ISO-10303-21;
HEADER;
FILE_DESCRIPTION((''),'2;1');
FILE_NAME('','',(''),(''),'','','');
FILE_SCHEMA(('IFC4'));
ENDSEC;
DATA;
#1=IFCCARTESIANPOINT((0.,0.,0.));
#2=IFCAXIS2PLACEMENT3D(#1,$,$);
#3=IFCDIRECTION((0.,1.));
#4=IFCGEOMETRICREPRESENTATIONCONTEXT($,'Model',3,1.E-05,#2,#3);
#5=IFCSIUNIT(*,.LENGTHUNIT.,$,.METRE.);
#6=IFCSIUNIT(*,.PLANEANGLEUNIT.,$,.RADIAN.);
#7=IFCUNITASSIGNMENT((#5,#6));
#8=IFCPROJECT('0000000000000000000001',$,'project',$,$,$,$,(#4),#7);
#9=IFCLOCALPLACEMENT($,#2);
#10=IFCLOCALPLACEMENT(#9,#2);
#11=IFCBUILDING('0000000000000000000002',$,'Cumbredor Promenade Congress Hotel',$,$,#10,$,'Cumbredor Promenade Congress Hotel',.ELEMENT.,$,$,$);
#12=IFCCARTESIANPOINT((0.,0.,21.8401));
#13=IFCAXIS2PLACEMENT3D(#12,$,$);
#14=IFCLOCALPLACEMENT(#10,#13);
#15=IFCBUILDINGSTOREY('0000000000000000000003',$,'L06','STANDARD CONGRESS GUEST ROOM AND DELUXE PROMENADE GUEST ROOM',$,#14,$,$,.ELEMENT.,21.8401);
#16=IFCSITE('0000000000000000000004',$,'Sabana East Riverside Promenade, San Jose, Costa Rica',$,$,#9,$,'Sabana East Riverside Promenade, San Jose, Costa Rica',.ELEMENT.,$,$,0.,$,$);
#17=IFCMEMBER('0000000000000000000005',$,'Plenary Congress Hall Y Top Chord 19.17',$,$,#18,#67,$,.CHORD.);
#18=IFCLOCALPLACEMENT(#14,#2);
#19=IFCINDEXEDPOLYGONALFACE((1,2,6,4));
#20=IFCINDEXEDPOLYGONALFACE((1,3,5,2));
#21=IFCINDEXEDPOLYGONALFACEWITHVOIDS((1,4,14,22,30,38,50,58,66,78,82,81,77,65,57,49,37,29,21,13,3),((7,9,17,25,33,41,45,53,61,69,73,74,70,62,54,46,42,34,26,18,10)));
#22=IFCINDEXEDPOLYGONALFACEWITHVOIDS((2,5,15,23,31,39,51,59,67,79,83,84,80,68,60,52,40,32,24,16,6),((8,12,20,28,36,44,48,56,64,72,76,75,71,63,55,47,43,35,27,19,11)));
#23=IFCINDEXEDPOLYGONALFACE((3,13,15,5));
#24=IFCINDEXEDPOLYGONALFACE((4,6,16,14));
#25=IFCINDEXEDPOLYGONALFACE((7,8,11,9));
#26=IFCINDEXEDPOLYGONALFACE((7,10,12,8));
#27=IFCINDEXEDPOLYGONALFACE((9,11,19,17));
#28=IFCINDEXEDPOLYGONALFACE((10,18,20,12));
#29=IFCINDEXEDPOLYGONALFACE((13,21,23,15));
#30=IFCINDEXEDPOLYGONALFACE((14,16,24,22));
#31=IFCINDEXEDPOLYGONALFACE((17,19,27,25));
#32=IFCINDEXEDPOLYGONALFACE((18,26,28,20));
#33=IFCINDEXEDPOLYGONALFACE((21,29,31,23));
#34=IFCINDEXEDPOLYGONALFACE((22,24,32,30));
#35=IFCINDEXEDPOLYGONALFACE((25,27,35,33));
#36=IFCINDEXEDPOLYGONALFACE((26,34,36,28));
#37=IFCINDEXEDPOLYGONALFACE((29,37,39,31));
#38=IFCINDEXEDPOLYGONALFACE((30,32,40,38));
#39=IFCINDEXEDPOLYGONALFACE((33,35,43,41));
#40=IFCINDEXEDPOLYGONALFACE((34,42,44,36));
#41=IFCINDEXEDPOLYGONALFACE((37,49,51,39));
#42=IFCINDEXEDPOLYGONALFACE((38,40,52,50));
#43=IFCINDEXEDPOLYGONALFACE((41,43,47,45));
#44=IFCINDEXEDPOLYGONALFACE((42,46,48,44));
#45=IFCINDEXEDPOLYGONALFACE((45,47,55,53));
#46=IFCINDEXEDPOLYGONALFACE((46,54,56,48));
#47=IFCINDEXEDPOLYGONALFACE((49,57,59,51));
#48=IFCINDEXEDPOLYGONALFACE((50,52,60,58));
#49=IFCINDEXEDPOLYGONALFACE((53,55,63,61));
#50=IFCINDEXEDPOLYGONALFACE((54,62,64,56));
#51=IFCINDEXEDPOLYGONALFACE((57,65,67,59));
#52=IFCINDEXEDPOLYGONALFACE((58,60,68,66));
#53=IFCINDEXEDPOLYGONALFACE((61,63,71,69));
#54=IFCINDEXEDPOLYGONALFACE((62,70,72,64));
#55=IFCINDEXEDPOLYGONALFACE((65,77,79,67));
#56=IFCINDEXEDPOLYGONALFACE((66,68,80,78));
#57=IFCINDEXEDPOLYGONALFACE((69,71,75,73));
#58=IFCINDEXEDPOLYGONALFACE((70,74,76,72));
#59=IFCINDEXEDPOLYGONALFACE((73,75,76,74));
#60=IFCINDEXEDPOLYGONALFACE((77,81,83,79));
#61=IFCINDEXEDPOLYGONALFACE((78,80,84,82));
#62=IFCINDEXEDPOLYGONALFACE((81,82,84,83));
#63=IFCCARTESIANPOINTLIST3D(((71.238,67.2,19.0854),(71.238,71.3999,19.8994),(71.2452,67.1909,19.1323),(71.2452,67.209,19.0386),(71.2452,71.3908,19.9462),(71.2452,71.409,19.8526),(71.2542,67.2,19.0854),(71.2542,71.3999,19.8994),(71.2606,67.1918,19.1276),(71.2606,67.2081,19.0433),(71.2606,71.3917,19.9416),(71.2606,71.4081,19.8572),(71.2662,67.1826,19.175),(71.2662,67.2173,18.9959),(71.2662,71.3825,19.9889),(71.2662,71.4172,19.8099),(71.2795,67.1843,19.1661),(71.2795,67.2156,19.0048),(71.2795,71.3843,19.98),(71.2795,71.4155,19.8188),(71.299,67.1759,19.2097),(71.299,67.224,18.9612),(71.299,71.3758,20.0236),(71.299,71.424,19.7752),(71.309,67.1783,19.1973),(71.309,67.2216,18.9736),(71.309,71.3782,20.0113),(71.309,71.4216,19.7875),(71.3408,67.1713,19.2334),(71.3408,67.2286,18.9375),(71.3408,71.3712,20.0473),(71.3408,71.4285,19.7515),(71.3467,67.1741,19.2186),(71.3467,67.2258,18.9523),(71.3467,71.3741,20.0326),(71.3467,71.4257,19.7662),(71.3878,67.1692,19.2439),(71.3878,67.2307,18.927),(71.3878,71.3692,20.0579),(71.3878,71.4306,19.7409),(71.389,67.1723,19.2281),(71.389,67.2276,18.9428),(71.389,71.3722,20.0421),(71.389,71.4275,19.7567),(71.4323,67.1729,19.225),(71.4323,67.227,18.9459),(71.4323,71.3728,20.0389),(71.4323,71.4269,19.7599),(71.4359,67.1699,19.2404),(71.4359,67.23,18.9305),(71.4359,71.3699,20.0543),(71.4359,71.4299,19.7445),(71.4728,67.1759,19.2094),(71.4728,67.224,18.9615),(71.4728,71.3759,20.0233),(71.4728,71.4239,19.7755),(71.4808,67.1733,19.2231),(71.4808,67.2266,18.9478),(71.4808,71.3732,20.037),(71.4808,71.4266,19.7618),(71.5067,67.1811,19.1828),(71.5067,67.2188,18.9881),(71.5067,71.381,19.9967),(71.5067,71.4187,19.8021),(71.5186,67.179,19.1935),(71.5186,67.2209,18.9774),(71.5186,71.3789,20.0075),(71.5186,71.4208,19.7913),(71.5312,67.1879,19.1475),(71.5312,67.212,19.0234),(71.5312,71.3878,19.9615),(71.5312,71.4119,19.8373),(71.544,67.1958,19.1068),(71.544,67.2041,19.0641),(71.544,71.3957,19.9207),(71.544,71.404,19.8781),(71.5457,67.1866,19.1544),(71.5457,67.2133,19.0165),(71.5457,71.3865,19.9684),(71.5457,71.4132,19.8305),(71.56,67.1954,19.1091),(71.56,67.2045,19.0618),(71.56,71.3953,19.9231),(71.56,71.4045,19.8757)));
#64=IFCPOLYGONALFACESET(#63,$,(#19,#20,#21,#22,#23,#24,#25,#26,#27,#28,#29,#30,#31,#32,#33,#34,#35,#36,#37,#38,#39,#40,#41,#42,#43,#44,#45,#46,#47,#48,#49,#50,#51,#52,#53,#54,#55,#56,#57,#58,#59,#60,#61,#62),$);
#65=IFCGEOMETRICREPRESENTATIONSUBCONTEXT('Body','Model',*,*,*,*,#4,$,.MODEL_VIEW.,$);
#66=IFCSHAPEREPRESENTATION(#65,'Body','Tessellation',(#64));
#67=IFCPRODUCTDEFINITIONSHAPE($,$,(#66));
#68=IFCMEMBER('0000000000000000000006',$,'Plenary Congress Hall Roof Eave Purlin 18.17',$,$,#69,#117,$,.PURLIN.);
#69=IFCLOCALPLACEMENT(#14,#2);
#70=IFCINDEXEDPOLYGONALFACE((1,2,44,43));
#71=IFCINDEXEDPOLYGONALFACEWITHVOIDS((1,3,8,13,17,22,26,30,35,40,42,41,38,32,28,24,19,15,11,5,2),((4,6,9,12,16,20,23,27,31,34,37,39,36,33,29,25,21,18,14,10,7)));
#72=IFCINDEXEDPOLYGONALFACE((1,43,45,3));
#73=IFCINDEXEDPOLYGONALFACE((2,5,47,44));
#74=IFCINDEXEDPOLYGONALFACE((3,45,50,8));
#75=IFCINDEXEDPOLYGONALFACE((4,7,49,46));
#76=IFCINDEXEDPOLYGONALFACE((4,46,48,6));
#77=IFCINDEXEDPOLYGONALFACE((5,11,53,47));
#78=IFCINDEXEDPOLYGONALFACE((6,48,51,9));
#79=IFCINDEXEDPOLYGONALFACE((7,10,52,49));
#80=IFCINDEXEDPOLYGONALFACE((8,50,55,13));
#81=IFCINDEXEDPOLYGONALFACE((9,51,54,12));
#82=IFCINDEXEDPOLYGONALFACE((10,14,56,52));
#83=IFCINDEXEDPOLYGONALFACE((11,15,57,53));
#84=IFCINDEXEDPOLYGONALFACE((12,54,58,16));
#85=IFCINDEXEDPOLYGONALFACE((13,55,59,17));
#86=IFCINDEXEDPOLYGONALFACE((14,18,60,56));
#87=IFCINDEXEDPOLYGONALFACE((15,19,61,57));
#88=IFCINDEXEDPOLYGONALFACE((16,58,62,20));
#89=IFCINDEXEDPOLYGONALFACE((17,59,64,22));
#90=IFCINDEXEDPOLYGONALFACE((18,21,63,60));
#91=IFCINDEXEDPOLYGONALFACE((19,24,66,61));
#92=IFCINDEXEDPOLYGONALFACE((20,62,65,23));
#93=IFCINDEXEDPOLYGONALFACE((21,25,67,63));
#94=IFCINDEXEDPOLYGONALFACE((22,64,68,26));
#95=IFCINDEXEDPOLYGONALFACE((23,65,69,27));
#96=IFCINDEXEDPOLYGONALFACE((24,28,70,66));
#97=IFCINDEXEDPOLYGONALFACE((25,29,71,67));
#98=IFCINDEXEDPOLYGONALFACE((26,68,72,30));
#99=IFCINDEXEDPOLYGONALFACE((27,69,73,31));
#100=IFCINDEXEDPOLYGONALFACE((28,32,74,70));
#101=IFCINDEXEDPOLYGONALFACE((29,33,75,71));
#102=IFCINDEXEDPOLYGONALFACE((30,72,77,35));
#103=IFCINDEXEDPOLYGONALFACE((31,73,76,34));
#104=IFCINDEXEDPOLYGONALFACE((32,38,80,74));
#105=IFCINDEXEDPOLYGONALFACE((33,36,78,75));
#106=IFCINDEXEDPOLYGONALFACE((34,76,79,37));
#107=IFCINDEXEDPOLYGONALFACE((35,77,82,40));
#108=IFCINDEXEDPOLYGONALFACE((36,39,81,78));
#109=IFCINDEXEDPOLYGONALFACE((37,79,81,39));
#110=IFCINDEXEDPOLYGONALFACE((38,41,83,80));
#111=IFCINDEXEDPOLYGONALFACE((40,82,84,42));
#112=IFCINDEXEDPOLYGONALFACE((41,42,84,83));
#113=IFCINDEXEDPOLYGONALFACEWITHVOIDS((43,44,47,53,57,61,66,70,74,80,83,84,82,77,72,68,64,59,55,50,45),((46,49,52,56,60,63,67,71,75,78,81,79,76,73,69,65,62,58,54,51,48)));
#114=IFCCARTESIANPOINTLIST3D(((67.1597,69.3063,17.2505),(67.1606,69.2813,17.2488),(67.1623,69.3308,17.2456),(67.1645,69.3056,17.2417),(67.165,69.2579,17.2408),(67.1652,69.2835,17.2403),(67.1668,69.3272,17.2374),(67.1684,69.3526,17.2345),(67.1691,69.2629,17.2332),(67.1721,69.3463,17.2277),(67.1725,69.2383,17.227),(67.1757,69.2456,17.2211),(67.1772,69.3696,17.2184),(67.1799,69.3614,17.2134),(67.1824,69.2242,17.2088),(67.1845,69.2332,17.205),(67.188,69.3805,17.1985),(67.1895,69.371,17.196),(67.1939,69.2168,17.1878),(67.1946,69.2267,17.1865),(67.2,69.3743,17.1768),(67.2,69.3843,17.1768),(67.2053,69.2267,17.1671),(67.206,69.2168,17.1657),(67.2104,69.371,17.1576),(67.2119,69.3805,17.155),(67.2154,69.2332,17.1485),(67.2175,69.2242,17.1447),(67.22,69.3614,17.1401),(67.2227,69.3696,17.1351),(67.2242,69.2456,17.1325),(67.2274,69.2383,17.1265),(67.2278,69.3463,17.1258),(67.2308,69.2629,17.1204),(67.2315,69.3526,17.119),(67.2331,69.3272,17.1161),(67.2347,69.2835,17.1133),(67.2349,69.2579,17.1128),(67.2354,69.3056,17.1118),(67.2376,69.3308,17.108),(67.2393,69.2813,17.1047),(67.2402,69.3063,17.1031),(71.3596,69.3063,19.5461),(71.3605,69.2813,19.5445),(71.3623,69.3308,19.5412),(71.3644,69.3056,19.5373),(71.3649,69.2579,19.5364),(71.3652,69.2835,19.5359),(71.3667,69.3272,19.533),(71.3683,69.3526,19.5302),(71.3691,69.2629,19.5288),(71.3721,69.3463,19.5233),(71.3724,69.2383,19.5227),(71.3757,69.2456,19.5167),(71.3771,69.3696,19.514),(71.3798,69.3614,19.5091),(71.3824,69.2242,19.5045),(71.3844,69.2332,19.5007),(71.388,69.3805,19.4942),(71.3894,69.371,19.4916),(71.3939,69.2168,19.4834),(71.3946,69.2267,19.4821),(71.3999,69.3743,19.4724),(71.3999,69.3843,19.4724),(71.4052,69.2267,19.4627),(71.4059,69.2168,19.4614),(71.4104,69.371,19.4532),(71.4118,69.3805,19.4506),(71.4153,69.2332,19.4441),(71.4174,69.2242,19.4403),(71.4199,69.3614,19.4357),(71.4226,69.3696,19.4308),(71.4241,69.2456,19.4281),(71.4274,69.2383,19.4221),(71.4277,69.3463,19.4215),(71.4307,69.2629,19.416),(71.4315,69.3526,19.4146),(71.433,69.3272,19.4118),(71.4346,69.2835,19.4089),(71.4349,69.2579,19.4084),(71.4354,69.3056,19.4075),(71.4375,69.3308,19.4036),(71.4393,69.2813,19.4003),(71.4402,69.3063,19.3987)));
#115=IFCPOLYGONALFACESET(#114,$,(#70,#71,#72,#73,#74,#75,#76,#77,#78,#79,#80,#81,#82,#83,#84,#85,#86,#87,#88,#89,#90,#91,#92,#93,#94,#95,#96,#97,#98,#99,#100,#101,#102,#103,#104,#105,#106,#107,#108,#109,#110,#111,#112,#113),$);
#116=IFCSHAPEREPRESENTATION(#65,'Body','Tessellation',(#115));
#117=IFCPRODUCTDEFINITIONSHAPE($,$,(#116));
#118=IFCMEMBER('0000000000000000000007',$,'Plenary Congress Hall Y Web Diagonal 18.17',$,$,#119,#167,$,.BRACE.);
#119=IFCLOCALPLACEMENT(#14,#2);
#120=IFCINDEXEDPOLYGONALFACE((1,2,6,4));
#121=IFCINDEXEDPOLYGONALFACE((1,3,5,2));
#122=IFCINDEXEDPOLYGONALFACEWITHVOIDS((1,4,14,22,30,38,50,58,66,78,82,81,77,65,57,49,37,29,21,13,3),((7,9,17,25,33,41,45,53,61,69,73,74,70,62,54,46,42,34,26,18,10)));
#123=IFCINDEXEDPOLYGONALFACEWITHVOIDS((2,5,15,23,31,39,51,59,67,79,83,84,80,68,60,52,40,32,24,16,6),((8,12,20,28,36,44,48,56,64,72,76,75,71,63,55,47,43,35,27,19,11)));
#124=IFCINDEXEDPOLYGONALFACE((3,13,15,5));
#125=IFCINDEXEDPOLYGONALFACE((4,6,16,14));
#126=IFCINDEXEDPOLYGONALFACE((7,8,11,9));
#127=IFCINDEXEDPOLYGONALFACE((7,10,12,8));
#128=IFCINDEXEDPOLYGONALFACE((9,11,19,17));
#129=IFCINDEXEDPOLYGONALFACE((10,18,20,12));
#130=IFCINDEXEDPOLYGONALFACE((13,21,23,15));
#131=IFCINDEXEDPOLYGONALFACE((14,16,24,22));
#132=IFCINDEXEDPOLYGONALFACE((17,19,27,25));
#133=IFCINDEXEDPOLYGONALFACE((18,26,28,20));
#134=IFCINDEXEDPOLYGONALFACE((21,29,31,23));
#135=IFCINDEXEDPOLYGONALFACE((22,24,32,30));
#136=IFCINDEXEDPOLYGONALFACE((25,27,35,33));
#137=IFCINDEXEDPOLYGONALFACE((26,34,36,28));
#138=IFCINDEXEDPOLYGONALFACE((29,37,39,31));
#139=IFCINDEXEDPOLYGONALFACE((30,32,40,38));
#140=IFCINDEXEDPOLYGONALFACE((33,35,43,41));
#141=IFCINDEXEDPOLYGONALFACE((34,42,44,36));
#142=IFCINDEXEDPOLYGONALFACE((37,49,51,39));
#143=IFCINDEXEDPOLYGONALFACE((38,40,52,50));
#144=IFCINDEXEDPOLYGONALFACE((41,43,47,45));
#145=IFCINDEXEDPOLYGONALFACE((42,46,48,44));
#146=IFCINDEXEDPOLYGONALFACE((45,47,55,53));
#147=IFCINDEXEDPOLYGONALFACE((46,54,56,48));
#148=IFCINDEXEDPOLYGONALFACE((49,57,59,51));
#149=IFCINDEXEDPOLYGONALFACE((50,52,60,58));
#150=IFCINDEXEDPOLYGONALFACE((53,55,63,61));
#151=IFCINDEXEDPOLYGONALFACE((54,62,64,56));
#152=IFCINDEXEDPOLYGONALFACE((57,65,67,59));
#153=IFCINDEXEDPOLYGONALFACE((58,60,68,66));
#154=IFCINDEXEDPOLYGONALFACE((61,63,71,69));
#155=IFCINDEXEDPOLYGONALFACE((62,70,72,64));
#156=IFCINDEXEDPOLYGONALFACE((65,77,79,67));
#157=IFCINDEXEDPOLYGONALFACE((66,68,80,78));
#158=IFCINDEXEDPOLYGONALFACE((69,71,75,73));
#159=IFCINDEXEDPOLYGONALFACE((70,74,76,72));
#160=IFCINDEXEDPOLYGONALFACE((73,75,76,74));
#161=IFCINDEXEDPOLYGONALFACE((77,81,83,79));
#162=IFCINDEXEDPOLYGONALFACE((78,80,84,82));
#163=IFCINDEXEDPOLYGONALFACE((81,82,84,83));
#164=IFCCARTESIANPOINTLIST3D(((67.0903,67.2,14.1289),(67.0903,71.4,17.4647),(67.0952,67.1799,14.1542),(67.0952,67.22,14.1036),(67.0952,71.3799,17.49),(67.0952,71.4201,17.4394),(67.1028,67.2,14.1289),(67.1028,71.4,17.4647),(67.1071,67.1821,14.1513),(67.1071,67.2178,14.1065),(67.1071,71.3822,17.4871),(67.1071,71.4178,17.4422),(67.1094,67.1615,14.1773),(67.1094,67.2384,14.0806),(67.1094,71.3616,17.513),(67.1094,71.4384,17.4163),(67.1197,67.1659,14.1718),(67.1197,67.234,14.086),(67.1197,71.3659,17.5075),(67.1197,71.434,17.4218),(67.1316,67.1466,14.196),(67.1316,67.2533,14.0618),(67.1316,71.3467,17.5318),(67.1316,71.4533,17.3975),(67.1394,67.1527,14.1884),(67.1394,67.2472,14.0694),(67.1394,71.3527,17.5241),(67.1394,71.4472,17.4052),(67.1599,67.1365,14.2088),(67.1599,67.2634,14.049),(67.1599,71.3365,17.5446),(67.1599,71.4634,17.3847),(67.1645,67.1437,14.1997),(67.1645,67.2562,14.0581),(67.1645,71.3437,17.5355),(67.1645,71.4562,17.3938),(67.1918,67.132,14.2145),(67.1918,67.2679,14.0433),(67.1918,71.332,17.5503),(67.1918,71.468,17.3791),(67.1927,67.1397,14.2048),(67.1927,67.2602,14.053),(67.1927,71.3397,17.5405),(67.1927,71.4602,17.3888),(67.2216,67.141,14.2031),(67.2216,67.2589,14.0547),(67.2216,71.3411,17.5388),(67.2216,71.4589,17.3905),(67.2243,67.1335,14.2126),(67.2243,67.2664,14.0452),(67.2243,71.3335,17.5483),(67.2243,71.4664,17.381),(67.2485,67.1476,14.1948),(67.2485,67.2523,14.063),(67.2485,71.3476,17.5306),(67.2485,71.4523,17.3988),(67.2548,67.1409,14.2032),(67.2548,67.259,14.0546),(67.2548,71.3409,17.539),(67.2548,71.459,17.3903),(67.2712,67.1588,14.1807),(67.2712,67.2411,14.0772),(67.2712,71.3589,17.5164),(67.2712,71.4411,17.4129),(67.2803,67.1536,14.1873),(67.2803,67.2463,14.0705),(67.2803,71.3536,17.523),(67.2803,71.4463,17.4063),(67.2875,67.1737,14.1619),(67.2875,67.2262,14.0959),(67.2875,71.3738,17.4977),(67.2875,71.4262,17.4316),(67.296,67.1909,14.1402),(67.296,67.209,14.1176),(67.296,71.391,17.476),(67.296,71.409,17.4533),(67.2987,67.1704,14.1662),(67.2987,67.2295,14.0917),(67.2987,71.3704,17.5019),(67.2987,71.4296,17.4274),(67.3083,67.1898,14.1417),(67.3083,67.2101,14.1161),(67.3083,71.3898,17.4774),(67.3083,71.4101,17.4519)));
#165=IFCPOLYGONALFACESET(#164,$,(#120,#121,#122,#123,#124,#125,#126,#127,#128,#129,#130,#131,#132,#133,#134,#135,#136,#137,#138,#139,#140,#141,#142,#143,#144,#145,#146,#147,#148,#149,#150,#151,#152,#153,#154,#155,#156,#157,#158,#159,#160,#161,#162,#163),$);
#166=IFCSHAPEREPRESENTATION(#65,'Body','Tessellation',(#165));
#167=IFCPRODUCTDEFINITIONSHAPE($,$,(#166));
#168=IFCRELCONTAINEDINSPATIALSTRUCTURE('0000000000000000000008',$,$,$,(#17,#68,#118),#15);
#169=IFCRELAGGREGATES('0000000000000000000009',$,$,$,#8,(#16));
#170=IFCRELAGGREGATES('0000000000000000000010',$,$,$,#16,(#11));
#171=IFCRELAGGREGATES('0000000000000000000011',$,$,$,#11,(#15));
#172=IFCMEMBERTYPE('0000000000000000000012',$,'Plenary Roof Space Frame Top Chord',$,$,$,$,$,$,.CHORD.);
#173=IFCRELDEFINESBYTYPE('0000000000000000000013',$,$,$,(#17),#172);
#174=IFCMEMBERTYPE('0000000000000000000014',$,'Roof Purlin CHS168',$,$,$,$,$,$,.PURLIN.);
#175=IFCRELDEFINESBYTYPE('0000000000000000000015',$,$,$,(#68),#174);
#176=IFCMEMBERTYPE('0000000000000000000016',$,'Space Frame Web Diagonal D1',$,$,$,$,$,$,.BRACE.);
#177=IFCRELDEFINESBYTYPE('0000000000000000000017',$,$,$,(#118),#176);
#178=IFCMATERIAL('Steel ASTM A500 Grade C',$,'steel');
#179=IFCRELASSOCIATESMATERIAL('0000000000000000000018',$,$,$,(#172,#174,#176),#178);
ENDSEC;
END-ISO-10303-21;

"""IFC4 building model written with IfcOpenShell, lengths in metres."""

from ifc_helpers import new_model, si_unit, direction, frame, origin, origin_2d, place, context, subcontext, project, spatial, hollow_circle, extrude, material, material_profile, profile_set, type_object, element, save


model = new_model("IFC4")

# Units and contexts
model_context = context("Model", 3, precision=1e-05, world=origin(), true_north=direction((0.0, 1.0)))
body_context = subcontext(model_context, "Body", "Model", "MODEL_VIEW")
ifc_project = project(units=[si_unit("LENGTHUNIT", "METRE"), si_unit("PLANEANGLEUNIT", "RADIAN")], contexts=[model_context])

# Site, building, storey
site_placement = place(None, origin())
site = spatial("IfcSite", under=ifc_project, at=site_placement, Name="Sabana East Riverside Promenade, San Jose, Costa Rica", LongName="Sabana East Riverside Promenade, San Jose, Costa Rica", CompositionType="ELEMENT", RefElevation=0.0)
building_placement = place(site_placement, origin())
building = spatial("IfcBuilding", under=site, at=building_placement, Name="Cumbredor Promenade Congress Hotel", LongName="Cumbredor Promenade Congress Hotel", CompositionType="ELEMENT")
storey_placement = place(building_placement, frame((0.0, 0.0, 21.8401)))
storey = spatial("IfcBuildingStorey", under=building, at=storey_placement, Name="L06", Description="STANDARD CONGRESS GUEST ROOM AND DELUXE PROMENADE GUEST ROOM", CompositionType="ELEMENT", Elevation=21.8401)

# Members
ifc_material_1 = material(Name="Steel ASTM A500 Grade C", Category="steel")
ifc_material_profile_1 = material_profile(ifc_material_1, hollow_circle(Radius=0.1619, WallThickness=0.0161, at=origin_2d()), Name="CHS 323.9x16")
ifc_profile_set_1 = profile_set([ifc_material_profile_1], Name="Steel ASTM A500 Grade C")
member_type_1 = type_object("IfcMemberType", Name="Plenary Roof Space Frame Top Chord", PredefinedType="CHORD", material=ifc_profile_set_1)
member_1_placement = place(storey_placement, frame((71.3999, 67.2, 19.0854), z_axis=(0.0, 0.981733, 0.190263), x_axis=(-1.0, 0.0, 0.0)))
element("IfcMember", 1, at=member_1_placement, inside=storey, type_object=member_type_1, Name="Plenary Congress Hall Y Top Chord 19.17", PredefinedType="CHORD", context=body_context, shape_type="SweptSolid", body=[
    extrude(hollow_circle(Radius=0.1619, WallThickness=0.0161, at=origin_2d()), origin(), (0.0, 0.0, 1.0), 4.2781),
])
ifc_material_profile_2 = material_profile(ifc_material_1, hollow_circle(Radius=0.0842, WallThickness=0.01, at=origin_2d()), Name="CHS 168.3x10")
ifc_profile_set_2 = profile_set([ifc_material_profile_2], Name="Steel ASTM A500 Grade C")
member_type_2 = type_object("IfcMemberType", Name="Roof Purlin CHS168", PredefinedType="PURLIN", material=ifc_profile_set_2)
member_2_placement = place(storey_placement, frame((67.2, 69.3, 17.1768), z_axis=(0.877476, 0.0, 0.47962), x_axis=(0.0, 1.0, 0.0)))
element("IfcMember", 2, at=member_2_placement, inside=storey, type_object=member_type_2, Name="Plenary Congress Hall Roof Eave Purlin 18.17", PredefinedType="PURLIN", context=body_context, shape_type="SweptSolid", body=[
    extrude(hollow_circle(Radius=0.0842, WallThickness=0.01, at=origin_2d()), origin(), (0.0, 0.0, 1.0), 4.7864),
])
ifc_material_profile_3 = material_profile(ifc_material_1, hollow_circle(Radius=0.1096, WallThickness=0.0125, at=origin_2d()), Name="CHS 219.1x12.5")
ifc_profile_set_3 = profile_set([ifc_material_profile_3], Name="Steel ASTM A500 Grade C")
member_type_3 = type_object("IfcMemberType", Name="Space Frame Web Diagonal D1", PredefinedType="BRACE", material=ifc_profile_set_3)
member_3_placement = place(storey_placement, frame((67.2, 67.2, 14.1289), z_axis=(0.0, 0.783071, 0.621932), x_axis=(-1.0, 0.0, 0.0)))
element("IfcMember", 3, at=member_3_placement, inside=storey, type_object=member_type_3, Name="Plenary Congress Hall Y Web Diagonal 18.17", PredefinedType="BRACE", context=body_context, shape_type="SweptSolid", body=[
    extrude(hollow_circle(Radius=0.1096, WallThickness=0.0125, at=origin_2d()), origin(), (0.0, 0.0, 1.0), 5.3635),
])

save(model, "model.ifc")
